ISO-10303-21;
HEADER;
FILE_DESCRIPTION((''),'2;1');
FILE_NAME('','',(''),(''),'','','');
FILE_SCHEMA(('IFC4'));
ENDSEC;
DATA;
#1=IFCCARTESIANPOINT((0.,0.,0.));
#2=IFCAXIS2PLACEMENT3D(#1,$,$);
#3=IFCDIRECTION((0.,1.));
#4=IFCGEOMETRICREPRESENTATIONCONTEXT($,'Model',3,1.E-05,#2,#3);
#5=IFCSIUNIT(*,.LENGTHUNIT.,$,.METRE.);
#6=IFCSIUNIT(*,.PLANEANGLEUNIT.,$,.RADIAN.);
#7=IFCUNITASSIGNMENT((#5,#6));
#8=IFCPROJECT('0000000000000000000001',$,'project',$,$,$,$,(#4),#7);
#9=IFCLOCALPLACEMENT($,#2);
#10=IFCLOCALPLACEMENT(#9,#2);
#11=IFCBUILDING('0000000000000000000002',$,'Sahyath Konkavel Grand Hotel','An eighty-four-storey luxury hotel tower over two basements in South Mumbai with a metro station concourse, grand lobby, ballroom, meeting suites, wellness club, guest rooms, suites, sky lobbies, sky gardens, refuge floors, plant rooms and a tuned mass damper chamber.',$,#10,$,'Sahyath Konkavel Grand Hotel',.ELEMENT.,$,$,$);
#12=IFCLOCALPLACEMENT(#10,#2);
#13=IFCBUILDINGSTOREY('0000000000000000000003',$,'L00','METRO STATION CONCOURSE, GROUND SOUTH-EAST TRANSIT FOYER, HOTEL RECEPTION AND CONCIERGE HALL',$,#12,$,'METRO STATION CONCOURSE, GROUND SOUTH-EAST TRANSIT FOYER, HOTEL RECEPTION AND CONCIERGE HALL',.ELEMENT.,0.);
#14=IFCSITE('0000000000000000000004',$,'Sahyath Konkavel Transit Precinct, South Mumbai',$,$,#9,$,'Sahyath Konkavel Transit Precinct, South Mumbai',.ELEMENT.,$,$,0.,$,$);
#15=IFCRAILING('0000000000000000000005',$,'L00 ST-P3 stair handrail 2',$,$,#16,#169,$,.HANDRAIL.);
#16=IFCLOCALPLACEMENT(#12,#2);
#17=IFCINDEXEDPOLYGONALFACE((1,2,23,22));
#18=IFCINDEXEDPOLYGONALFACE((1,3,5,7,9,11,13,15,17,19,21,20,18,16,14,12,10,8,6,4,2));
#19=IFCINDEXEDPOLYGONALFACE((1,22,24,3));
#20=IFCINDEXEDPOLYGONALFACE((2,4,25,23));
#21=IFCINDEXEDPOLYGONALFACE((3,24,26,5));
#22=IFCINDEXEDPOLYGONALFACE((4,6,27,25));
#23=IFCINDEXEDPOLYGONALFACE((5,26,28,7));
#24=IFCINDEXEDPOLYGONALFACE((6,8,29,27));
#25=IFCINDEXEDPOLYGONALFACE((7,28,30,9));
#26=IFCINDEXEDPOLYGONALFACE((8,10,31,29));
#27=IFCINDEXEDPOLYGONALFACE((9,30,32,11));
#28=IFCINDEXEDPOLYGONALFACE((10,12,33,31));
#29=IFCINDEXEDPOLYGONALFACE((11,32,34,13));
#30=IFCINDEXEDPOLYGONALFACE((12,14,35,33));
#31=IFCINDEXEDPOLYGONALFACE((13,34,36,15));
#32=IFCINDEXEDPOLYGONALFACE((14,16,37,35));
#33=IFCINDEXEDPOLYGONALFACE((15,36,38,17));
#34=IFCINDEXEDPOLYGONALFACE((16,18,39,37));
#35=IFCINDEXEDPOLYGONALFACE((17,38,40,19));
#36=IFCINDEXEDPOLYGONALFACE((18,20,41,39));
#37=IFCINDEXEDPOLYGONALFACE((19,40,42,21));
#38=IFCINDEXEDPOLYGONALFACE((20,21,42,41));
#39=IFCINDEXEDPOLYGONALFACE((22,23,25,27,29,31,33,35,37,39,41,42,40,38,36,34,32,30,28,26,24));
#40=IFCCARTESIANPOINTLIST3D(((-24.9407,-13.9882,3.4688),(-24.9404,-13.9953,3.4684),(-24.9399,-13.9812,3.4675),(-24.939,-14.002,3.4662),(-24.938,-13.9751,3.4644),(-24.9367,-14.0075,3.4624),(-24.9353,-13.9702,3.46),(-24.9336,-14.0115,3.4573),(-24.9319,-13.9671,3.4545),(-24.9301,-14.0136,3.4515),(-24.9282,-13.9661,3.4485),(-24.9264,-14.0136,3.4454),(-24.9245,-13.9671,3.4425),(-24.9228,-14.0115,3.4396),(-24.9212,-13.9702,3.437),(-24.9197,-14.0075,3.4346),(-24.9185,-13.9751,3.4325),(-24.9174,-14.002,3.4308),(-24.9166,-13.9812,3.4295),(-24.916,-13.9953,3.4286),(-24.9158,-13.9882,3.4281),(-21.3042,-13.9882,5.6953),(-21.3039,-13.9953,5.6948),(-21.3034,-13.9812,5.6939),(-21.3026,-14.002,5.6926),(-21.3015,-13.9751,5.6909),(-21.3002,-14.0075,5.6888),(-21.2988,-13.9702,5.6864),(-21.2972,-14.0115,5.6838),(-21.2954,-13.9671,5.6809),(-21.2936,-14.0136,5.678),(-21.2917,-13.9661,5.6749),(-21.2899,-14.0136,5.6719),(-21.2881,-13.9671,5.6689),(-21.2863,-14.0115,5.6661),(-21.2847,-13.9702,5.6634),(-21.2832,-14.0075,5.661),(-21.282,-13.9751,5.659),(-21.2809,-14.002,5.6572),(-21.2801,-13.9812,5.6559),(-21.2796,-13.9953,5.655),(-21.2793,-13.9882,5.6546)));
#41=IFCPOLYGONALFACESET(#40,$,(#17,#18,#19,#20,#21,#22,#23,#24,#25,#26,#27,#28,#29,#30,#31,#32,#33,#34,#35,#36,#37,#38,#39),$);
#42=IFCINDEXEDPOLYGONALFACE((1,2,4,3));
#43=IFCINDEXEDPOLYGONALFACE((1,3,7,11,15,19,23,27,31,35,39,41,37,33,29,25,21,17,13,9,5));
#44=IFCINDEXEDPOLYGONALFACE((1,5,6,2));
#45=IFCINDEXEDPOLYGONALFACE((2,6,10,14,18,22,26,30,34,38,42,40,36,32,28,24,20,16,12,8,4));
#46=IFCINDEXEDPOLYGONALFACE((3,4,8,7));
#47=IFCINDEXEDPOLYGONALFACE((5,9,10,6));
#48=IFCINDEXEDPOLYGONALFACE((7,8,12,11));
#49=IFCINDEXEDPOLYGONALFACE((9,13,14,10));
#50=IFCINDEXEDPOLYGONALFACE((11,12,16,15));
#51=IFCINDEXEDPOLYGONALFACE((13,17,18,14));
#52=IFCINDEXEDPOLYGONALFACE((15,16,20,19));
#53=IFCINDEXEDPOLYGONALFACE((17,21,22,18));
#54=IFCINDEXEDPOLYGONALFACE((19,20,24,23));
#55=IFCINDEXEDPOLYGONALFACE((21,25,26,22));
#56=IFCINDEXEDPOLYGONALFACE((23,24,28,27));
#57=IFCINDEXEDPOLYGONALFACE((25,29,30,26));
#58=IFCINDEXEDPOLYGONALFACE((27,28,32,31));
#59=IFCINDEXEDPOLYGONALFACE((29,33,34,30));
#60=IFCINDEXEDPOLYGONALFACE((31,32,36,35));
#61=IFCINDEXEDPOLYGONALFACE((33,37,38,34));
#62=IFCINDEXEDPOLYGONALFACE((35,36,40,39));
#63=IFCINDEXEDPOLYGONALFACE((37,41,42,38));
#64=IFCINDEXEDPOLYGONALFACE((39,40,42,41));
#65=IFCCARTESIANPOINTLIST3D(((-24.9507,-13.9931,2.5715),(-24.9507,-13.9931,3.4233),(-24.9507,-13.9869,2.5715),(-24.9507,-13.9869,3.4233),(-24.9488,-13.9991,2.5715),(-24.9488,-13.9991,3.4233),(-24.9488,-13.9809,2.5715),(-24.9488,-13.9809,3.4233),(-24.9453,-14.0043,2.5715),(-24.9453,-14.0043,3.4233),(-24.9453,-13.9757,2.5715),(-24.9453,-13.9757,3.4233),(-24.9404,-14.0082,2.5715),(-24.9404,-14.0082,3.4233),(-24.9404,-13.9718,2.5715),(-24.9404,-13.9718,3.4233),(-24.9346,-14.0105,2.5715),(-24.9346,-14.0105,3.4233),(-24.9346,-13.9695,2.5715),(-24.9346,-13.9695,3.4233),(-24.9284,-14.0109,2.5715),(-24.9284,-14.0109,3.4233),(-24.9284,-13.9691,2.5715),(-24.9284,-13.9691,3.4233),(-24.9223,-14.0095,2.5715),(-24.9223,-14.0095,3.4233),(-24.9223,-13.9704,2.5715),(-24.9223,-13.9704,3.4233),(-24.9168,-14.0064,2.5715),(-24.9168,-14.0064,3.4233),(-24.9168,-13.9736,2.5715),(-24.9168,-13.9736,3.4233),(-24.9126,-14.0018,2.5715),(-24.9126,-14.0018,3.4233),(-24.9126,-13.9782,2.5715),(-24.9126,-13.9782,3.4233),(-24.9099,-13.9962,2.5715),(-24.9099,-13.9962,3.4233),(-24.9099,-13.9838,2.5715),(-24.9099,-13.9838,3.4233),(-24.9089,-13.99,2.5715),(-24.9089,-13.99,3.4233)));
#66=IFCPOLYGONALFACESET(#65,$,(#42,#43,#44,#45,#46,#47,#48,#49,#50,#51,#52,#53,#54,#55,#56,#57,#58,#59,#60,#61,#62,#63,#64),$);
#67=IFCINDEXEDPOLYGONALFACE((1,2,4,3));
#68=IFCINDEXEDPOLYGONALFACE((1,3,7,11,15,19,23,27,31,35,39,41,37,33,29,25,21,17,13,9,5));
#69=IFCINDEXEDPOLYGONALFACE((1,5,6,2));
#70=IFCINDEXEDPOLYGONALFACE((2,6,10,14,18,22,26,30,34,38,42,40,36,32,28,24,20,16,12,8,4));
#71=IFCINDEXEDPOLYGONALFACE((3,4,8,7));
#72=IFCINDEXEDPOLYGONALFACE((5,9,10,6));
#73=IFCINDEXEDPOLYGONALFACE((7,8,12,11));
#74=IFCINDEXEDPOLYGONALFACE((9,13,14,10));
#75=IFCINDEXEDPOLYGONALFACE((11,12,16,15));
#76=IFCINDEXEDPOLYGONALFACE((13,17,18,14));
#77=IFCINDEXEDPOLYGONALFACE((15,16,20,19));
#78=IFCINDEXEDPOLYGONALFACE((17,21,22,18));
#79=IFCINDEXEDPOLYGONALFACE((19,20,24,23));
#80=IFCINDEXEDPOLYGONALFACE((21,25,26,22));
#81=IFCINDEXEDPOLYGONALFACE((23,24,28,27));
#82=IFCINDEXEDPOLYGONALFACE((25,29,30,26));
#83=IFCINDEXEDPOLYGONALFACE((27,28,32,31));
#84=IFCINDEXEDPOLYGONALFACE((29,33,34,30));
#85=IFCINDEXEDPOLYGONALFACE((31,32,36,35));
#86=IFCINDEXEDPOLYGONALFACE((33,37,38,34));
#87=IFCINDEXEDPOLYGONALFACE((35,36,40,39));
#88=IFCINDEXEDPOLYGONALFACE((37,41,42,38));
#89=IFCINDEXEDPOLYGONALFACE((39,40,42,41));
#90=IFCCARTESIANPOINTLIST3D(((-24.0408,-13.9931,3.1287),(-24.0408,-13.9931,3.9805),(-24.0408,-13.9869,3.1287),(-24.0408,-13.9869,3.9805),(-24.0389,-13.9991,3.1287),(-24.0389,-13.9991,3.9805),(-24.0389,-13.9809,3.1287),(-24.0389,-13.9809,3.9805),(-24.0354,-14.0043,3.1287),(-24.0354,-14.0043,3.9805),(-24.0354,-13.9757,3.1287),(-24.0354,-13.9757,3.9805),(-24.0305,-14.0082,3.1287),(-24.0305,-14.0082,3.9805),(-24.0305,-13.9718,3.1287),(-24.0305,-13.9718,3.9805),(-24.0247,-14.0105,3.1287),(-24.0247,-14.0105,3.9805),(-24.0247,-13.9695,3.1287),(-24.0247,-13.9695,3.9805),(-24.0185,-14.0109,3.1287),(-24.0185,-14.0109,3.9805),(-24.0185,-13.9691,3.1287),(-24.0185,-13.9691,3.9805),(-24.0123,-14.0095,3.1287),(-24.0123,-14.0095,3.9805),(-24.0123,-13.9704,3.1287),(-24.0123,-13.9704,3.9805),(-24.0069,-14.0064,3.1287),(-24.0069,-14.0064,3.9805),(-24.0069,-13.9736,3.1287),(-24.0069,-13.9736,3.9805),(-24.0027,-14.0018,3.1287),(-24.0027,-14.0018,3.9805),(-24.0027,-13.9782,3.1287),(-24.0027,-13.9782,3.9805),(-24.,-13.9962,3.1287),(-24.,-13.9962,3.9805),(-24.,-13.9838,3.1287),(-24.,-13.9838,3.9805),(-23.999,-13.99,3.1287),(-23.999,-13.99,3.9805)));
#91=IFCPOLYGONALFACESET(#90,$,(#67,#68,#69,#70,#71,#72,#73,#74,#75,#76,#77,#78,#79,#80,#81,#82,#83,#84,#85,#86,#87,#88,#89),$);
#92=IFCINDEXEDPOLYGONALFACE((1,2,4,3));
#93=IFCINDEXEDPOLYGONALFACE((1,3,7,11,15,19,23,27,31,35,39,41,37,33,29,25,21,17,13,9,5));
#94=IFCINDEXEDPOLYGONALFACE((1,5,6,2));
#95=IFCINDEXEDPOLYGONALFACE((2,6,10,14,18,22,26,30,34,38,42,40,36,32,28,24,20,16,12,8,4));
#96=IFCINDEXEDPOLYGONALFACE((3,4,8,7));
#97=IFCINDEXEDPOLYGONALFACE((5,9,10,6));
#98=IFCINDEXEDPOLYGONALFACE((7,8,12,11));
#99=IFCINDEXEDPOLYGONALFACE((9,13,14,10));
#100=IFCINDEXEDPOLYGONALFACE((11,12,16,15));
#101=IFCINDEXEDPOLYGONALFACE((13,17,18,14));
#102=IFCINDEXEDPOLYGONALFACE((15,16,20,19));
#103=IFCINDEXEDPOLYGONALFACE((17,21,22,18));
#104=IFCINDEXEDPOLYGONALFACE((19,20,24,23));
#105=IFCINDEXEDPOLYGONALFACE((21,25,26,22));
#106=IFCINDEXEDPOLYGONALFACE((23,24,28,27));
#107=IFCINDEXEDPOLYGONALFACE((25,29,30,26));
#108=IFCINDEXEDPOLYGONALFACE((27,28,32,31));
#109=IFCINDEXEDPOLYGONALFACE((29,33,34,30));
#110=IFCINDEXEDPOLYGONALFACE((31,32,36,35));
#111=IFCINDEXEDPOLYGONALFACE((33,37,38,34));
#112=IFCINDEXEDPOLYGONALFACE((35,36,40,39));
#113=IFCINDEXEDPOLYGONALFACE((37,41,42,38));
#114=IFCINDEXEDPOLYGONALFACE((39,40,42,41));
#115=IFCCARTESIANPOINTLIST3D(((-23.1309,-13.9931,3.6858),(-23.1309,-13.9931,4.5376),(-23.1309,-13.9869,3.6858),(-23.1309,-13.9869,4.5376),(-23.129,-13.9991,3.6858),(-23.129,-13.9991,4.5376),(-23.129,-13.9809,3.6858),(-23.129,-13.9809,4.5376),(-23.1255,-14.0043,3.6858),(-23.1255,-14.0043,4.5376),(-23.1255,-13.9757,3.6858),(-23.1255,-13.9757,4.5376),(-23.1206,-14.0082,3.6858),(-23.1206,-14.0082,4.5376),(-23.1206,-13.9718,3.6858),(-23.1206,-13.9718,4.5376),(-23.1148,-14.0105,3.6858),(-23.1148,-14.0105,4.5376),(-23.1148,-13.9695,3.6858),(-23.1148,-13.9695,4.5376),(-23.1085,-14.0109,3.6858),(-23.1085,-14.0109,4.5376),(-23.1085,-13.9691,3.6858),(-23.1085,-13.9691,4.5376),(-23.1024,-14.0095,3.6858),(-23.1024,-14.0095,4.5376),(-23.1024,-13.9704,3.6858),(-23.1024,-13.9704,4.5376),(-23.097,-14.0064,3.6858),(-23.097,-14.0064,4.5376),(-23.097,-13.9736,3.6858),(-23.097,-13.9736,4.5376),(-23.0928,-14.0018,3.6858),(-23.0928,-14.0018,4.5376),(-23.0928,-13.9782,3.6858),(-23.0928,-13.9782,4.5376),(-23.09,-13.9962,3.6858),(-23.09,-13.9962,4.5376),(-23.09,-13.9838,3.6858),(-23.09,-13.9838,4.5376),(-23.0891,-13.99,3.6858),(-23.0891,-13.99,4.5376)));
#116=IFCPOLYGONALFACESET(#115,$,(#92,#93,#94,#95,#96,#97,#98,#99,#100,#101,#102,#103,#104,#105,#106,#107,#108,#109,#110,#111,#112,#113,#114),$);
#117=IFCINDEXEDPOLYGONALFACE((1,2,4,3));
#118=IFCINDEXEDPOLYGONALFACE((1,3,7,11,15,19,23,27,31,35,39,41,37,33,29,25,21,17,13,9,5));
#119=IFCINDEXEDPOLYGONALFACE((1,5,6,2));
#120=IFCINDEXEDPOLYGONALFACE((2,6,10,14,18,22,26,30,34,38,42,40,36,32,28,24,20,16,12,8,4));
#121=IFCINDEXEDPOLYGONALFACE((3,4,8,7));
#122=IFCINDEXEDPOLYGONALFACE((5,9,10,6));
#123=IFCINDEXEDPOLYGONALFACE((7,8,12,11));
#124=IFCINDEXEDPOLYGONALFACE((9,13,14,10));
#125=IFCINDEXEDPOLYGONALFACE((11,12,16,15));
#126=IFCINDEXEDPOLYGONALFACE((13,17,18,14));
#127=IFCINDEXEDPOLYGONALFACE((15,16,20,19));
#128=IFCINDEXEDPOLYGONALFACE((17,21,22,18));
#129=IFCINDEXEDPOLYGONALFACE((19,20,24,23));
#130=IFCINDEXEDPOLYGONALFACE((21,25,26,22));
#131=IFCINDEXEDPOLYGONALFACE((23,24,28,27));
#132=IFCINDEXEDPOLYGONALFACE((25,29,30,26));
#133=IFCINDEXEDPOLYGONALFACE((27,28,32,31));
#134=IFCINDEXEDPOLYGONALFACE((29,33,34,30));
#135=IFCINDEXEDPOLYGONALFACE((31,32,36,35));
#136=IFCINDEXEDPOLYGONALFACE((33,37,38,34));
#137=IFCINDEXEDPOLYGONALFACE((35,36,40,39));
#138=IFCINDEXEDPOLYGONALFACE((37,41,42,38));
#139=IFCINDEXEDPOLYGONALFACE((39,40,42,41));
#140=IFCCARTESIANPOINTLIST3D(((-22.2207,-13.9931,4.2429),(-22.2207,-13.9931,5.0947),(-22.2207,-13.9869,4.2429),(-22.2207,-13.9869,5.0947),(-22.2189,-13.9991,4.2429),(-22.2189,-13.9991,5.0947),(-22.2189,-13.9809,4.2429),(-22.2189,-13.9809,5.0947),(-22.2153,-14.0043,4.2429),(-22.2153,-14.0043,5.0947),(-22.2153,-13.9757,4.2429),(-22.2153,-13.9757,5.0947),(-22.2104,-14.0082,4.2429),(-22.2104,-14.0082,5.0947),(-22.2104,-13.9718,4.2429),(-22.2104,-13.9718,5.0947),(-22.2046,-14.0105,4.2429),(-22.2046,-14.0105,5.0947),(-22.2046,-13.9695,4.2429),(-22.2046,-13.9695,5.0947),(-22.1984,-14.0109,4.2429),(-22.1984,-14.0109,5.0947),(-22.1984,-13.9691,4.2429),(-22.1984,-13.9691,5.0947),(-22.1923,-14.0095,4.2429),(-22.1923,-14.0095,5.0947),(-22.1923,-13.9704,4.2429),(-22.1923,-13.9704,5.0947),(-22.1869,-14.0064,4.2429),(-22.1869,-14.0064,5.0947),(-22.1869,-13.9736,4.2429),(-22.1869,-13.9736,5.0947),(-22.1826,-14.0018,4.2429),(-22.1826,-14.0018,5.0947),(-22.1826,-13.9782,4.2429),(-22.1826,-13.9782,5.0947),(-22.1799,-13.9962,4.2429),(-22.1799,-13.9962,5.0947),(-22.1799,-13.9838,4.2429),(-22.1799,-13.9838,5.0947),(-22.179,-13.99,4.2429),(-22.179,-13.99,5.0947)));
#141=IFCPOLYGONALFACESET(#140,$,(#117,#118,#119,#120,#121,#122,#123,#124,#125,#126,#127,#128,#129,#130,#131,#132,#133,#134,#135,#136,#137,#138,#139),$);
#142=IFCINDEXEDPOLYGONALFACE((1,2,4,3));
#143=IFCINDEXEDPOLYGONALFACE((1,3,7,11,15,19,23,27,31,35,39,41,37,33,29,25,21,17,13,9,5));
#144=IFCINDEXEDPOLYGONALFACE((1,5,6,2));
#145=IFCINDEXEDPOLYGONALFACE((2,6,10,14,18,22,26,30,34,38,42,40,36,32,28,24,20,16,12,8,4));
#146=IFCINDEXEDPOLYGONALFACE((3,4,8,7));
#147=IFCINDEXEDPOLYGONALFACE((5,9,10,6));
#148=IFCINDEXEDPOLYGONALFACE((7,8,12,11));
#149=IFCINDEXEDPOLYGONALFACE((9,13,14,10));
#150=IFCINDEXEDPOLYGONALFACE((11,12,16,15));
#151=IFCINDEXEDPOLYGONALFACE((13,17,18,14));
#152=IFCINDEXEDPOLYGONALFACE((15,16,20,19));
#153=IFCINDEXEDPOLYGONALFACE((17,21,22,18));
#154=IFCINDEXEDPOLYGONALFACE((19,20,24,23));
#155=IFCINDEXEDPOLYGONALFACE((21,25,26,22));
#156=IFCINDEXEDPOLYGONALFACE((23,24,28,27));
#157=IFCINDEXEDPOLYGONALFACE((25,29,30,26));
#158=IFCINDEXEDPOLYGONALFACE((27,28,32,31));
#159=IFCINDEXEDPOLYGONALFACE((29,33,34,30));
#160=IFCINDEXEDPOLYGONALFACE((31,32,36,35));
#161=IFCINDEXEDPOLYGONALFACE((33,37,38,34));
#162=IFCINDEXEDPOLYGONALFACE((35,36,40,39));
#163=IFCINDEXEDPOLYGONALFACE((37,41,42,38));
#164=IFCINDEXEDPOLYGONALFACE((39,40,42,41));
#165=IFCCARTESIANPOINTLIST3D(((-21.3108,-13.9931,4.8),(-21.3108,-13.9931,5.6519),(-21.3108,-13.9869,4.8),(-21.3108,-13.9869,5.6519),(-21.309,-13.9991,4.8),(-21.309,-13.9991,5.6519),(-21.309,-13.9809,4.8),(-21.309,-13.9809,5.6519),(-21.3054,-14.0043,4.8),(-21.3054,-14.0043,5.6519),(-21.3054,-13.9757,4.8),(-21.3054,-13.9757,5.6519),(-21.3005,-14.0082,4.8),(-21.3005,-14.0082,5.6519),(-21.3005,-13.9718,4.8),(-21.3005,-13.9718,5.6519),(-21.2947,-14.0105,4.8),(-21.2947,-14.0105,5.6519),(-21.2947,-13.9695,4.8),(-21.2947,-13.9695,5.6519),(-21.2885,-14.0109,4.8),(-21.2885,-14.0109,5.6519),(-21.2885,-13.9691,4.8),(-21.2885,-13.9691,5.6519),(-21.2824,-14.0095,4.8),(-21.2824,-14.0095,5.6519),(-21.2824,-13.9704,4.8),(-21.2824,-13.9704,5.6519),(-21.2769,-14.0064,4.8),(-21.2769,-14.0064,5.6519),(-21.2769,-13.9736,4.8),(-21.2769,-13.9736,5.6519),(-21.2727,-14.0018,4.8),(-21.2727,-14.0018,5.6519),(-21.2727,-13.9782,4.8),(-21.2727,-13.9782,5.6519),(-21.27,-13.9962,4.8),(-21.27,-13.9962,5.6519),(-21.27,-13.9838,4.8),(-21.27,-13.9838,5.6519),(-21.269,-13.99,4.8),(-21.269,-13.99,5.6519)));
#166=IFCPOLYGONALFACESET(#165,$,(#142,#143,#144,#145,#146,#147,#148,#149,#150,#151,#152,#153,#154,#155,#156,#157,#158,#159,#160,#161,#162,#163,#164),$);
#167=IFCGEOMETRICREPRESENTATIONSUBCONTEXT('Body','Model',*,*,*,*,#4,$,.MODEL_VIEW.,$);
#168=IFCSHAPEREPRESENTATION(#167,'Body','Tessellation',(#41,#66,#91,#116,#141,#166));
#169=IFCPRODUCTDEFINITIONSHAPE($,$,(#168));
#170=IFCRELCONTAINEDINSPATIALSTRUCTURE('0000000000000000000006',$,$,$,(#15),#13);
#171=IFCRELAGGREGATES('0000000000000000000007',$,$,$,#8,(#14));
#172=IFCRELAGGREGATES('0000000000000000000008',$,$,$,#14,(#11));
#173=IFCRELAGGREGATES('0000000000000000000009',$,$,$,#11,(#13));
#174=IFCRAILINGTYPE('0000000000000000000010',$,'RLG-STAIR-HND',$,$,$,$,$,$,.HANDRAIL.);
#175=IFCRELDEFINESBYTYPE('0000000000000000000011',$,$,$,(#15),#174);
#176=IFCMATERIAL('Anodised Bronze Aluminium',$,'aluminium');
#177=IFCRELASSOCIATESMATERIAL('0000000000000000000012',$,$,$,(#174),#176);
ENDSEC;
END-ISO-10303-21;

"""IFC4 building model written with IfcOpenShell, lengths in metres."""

from ifc_helpers import new_model, si_unit, direction, frame, origin, origin_2d, place, context, subcontext, project, spatial, circle, extrude, material, type_object, element, save


model = new_model("IFC4")

# Units and contexts
model_context = context("Model", 3, precision=1e-05, world=origin(), true_north=direction((0.0, 1.0)))
body_context = subcontext(model_context, "Body", "Model", "MODEL_VIEW")
ifc_project = project(units=[si_unit("LENGTHUNIT", "METRE"), si_unit("PLANEANGLEUNIT", "RADIAN")], contexts=[model_context])

# Site, building, storey
site_placement = place(None, origin())
site = spatial("IfcSite", under=ifc_project, at=site_placement, Name="Sahyath Konkavel Transit Precinct, South Mumbai", LongName="Sahyath Konkavel Transit Precinct, South Mumbai", CompositionType="ELEMENT", RefElevation=0.0)
building_placement = place(site_placement, origin())
building = spatial("IfcBuilding", under=site, at=building_placement, Name="Sahyath Konkavel Grand Hotel", Description="An eighty-four-storey luxury hotel tower over two basements in South Mumbai with a metro station concourse, grand lobby, ballroom, meeting suites, wellness club, guest rooms, suites, sky lobbies, sky gardens, refuge floors, plant rooms and a tuned mass damper chamber.", LongName="Sahyath Konkavel Grand Hotel", CompositionType="ELEMENT")
storey_placement = place(building_placement, origin())
storey = spatial("IfcBuildingStorey", under=building, at=storey_placement, Name="L00", Description="METRO STATION CONCOURSE, GROUND SOUTH-EAST TRANSIT FOYER, HOTEL RECEPTION AND CONCIERGE HALL", LongName="METRO STATION CONCOURSE, GROUND SOUTH-EAST TRANSIT FOYER, HOTEL RECEPTION AND CONCIERGE HALL", CompositionType="ELEMENT", Elevation=0.0)

# Railing
ifc_material_1 = material(Name="Anodised Bronze Aluminium", Category="aluminium")
railing_type_1 = type_object("IfcRailingType", Name="RLG-STAIR-HND", PredefinedType="HANDRAIL", material=ifc_material_1)
railing_1_placement = place(storey_placement, frame((-24.9299, -13.99, 2.5715)))
element("IfcRailing", 1, at=railing_1_placement, inside=storey, type_object=railing_type_1, Name="L00 ST-P3 stair handrail 2", PredefinedType="HANDRAIL", context=body_context, shape_type="SweptSolid", body=[
    extrude(circle(Radius=0.0239, at=origin_2d()), frame((0.0017, 0.0, 0.877), z_axis=(0.85285, 0.0, 0.522156), x_axis=(0.0, 1.0, 0.0)), (0.0, 0.0, 1.0), 4.2639),
    extrude(circle(Radius=0.021, at=origin_2d()), origin(), (0.0, 0.0, 1.0), 0.8518),
    extrude(circle(Radius=0.021, at=origin_2d()), frame((0.9099, 0.0, 0.5571)), (0.0, 0.0, 1.0), 0.8518),
    extrude(circle(Radius=0.021, at=origin_2d()), frame((1.8198, 0.0, 1.1143)), (0.0, 0.0, 1.0), 0.8518),
    extrude(circle(Radius=0.021, at=origin_2d()), frame((2.73, 0.0, 1.6714)), (0.0, 0.0, 1.0), 0.8518),
    extrude(circle(Radius=0.021, at=origin_2d()), frame((3.6399, 0.0, 2.2285)), (0.0, 0.0, 1.0), 0.8518),
])

save(model, "model.ifc")
